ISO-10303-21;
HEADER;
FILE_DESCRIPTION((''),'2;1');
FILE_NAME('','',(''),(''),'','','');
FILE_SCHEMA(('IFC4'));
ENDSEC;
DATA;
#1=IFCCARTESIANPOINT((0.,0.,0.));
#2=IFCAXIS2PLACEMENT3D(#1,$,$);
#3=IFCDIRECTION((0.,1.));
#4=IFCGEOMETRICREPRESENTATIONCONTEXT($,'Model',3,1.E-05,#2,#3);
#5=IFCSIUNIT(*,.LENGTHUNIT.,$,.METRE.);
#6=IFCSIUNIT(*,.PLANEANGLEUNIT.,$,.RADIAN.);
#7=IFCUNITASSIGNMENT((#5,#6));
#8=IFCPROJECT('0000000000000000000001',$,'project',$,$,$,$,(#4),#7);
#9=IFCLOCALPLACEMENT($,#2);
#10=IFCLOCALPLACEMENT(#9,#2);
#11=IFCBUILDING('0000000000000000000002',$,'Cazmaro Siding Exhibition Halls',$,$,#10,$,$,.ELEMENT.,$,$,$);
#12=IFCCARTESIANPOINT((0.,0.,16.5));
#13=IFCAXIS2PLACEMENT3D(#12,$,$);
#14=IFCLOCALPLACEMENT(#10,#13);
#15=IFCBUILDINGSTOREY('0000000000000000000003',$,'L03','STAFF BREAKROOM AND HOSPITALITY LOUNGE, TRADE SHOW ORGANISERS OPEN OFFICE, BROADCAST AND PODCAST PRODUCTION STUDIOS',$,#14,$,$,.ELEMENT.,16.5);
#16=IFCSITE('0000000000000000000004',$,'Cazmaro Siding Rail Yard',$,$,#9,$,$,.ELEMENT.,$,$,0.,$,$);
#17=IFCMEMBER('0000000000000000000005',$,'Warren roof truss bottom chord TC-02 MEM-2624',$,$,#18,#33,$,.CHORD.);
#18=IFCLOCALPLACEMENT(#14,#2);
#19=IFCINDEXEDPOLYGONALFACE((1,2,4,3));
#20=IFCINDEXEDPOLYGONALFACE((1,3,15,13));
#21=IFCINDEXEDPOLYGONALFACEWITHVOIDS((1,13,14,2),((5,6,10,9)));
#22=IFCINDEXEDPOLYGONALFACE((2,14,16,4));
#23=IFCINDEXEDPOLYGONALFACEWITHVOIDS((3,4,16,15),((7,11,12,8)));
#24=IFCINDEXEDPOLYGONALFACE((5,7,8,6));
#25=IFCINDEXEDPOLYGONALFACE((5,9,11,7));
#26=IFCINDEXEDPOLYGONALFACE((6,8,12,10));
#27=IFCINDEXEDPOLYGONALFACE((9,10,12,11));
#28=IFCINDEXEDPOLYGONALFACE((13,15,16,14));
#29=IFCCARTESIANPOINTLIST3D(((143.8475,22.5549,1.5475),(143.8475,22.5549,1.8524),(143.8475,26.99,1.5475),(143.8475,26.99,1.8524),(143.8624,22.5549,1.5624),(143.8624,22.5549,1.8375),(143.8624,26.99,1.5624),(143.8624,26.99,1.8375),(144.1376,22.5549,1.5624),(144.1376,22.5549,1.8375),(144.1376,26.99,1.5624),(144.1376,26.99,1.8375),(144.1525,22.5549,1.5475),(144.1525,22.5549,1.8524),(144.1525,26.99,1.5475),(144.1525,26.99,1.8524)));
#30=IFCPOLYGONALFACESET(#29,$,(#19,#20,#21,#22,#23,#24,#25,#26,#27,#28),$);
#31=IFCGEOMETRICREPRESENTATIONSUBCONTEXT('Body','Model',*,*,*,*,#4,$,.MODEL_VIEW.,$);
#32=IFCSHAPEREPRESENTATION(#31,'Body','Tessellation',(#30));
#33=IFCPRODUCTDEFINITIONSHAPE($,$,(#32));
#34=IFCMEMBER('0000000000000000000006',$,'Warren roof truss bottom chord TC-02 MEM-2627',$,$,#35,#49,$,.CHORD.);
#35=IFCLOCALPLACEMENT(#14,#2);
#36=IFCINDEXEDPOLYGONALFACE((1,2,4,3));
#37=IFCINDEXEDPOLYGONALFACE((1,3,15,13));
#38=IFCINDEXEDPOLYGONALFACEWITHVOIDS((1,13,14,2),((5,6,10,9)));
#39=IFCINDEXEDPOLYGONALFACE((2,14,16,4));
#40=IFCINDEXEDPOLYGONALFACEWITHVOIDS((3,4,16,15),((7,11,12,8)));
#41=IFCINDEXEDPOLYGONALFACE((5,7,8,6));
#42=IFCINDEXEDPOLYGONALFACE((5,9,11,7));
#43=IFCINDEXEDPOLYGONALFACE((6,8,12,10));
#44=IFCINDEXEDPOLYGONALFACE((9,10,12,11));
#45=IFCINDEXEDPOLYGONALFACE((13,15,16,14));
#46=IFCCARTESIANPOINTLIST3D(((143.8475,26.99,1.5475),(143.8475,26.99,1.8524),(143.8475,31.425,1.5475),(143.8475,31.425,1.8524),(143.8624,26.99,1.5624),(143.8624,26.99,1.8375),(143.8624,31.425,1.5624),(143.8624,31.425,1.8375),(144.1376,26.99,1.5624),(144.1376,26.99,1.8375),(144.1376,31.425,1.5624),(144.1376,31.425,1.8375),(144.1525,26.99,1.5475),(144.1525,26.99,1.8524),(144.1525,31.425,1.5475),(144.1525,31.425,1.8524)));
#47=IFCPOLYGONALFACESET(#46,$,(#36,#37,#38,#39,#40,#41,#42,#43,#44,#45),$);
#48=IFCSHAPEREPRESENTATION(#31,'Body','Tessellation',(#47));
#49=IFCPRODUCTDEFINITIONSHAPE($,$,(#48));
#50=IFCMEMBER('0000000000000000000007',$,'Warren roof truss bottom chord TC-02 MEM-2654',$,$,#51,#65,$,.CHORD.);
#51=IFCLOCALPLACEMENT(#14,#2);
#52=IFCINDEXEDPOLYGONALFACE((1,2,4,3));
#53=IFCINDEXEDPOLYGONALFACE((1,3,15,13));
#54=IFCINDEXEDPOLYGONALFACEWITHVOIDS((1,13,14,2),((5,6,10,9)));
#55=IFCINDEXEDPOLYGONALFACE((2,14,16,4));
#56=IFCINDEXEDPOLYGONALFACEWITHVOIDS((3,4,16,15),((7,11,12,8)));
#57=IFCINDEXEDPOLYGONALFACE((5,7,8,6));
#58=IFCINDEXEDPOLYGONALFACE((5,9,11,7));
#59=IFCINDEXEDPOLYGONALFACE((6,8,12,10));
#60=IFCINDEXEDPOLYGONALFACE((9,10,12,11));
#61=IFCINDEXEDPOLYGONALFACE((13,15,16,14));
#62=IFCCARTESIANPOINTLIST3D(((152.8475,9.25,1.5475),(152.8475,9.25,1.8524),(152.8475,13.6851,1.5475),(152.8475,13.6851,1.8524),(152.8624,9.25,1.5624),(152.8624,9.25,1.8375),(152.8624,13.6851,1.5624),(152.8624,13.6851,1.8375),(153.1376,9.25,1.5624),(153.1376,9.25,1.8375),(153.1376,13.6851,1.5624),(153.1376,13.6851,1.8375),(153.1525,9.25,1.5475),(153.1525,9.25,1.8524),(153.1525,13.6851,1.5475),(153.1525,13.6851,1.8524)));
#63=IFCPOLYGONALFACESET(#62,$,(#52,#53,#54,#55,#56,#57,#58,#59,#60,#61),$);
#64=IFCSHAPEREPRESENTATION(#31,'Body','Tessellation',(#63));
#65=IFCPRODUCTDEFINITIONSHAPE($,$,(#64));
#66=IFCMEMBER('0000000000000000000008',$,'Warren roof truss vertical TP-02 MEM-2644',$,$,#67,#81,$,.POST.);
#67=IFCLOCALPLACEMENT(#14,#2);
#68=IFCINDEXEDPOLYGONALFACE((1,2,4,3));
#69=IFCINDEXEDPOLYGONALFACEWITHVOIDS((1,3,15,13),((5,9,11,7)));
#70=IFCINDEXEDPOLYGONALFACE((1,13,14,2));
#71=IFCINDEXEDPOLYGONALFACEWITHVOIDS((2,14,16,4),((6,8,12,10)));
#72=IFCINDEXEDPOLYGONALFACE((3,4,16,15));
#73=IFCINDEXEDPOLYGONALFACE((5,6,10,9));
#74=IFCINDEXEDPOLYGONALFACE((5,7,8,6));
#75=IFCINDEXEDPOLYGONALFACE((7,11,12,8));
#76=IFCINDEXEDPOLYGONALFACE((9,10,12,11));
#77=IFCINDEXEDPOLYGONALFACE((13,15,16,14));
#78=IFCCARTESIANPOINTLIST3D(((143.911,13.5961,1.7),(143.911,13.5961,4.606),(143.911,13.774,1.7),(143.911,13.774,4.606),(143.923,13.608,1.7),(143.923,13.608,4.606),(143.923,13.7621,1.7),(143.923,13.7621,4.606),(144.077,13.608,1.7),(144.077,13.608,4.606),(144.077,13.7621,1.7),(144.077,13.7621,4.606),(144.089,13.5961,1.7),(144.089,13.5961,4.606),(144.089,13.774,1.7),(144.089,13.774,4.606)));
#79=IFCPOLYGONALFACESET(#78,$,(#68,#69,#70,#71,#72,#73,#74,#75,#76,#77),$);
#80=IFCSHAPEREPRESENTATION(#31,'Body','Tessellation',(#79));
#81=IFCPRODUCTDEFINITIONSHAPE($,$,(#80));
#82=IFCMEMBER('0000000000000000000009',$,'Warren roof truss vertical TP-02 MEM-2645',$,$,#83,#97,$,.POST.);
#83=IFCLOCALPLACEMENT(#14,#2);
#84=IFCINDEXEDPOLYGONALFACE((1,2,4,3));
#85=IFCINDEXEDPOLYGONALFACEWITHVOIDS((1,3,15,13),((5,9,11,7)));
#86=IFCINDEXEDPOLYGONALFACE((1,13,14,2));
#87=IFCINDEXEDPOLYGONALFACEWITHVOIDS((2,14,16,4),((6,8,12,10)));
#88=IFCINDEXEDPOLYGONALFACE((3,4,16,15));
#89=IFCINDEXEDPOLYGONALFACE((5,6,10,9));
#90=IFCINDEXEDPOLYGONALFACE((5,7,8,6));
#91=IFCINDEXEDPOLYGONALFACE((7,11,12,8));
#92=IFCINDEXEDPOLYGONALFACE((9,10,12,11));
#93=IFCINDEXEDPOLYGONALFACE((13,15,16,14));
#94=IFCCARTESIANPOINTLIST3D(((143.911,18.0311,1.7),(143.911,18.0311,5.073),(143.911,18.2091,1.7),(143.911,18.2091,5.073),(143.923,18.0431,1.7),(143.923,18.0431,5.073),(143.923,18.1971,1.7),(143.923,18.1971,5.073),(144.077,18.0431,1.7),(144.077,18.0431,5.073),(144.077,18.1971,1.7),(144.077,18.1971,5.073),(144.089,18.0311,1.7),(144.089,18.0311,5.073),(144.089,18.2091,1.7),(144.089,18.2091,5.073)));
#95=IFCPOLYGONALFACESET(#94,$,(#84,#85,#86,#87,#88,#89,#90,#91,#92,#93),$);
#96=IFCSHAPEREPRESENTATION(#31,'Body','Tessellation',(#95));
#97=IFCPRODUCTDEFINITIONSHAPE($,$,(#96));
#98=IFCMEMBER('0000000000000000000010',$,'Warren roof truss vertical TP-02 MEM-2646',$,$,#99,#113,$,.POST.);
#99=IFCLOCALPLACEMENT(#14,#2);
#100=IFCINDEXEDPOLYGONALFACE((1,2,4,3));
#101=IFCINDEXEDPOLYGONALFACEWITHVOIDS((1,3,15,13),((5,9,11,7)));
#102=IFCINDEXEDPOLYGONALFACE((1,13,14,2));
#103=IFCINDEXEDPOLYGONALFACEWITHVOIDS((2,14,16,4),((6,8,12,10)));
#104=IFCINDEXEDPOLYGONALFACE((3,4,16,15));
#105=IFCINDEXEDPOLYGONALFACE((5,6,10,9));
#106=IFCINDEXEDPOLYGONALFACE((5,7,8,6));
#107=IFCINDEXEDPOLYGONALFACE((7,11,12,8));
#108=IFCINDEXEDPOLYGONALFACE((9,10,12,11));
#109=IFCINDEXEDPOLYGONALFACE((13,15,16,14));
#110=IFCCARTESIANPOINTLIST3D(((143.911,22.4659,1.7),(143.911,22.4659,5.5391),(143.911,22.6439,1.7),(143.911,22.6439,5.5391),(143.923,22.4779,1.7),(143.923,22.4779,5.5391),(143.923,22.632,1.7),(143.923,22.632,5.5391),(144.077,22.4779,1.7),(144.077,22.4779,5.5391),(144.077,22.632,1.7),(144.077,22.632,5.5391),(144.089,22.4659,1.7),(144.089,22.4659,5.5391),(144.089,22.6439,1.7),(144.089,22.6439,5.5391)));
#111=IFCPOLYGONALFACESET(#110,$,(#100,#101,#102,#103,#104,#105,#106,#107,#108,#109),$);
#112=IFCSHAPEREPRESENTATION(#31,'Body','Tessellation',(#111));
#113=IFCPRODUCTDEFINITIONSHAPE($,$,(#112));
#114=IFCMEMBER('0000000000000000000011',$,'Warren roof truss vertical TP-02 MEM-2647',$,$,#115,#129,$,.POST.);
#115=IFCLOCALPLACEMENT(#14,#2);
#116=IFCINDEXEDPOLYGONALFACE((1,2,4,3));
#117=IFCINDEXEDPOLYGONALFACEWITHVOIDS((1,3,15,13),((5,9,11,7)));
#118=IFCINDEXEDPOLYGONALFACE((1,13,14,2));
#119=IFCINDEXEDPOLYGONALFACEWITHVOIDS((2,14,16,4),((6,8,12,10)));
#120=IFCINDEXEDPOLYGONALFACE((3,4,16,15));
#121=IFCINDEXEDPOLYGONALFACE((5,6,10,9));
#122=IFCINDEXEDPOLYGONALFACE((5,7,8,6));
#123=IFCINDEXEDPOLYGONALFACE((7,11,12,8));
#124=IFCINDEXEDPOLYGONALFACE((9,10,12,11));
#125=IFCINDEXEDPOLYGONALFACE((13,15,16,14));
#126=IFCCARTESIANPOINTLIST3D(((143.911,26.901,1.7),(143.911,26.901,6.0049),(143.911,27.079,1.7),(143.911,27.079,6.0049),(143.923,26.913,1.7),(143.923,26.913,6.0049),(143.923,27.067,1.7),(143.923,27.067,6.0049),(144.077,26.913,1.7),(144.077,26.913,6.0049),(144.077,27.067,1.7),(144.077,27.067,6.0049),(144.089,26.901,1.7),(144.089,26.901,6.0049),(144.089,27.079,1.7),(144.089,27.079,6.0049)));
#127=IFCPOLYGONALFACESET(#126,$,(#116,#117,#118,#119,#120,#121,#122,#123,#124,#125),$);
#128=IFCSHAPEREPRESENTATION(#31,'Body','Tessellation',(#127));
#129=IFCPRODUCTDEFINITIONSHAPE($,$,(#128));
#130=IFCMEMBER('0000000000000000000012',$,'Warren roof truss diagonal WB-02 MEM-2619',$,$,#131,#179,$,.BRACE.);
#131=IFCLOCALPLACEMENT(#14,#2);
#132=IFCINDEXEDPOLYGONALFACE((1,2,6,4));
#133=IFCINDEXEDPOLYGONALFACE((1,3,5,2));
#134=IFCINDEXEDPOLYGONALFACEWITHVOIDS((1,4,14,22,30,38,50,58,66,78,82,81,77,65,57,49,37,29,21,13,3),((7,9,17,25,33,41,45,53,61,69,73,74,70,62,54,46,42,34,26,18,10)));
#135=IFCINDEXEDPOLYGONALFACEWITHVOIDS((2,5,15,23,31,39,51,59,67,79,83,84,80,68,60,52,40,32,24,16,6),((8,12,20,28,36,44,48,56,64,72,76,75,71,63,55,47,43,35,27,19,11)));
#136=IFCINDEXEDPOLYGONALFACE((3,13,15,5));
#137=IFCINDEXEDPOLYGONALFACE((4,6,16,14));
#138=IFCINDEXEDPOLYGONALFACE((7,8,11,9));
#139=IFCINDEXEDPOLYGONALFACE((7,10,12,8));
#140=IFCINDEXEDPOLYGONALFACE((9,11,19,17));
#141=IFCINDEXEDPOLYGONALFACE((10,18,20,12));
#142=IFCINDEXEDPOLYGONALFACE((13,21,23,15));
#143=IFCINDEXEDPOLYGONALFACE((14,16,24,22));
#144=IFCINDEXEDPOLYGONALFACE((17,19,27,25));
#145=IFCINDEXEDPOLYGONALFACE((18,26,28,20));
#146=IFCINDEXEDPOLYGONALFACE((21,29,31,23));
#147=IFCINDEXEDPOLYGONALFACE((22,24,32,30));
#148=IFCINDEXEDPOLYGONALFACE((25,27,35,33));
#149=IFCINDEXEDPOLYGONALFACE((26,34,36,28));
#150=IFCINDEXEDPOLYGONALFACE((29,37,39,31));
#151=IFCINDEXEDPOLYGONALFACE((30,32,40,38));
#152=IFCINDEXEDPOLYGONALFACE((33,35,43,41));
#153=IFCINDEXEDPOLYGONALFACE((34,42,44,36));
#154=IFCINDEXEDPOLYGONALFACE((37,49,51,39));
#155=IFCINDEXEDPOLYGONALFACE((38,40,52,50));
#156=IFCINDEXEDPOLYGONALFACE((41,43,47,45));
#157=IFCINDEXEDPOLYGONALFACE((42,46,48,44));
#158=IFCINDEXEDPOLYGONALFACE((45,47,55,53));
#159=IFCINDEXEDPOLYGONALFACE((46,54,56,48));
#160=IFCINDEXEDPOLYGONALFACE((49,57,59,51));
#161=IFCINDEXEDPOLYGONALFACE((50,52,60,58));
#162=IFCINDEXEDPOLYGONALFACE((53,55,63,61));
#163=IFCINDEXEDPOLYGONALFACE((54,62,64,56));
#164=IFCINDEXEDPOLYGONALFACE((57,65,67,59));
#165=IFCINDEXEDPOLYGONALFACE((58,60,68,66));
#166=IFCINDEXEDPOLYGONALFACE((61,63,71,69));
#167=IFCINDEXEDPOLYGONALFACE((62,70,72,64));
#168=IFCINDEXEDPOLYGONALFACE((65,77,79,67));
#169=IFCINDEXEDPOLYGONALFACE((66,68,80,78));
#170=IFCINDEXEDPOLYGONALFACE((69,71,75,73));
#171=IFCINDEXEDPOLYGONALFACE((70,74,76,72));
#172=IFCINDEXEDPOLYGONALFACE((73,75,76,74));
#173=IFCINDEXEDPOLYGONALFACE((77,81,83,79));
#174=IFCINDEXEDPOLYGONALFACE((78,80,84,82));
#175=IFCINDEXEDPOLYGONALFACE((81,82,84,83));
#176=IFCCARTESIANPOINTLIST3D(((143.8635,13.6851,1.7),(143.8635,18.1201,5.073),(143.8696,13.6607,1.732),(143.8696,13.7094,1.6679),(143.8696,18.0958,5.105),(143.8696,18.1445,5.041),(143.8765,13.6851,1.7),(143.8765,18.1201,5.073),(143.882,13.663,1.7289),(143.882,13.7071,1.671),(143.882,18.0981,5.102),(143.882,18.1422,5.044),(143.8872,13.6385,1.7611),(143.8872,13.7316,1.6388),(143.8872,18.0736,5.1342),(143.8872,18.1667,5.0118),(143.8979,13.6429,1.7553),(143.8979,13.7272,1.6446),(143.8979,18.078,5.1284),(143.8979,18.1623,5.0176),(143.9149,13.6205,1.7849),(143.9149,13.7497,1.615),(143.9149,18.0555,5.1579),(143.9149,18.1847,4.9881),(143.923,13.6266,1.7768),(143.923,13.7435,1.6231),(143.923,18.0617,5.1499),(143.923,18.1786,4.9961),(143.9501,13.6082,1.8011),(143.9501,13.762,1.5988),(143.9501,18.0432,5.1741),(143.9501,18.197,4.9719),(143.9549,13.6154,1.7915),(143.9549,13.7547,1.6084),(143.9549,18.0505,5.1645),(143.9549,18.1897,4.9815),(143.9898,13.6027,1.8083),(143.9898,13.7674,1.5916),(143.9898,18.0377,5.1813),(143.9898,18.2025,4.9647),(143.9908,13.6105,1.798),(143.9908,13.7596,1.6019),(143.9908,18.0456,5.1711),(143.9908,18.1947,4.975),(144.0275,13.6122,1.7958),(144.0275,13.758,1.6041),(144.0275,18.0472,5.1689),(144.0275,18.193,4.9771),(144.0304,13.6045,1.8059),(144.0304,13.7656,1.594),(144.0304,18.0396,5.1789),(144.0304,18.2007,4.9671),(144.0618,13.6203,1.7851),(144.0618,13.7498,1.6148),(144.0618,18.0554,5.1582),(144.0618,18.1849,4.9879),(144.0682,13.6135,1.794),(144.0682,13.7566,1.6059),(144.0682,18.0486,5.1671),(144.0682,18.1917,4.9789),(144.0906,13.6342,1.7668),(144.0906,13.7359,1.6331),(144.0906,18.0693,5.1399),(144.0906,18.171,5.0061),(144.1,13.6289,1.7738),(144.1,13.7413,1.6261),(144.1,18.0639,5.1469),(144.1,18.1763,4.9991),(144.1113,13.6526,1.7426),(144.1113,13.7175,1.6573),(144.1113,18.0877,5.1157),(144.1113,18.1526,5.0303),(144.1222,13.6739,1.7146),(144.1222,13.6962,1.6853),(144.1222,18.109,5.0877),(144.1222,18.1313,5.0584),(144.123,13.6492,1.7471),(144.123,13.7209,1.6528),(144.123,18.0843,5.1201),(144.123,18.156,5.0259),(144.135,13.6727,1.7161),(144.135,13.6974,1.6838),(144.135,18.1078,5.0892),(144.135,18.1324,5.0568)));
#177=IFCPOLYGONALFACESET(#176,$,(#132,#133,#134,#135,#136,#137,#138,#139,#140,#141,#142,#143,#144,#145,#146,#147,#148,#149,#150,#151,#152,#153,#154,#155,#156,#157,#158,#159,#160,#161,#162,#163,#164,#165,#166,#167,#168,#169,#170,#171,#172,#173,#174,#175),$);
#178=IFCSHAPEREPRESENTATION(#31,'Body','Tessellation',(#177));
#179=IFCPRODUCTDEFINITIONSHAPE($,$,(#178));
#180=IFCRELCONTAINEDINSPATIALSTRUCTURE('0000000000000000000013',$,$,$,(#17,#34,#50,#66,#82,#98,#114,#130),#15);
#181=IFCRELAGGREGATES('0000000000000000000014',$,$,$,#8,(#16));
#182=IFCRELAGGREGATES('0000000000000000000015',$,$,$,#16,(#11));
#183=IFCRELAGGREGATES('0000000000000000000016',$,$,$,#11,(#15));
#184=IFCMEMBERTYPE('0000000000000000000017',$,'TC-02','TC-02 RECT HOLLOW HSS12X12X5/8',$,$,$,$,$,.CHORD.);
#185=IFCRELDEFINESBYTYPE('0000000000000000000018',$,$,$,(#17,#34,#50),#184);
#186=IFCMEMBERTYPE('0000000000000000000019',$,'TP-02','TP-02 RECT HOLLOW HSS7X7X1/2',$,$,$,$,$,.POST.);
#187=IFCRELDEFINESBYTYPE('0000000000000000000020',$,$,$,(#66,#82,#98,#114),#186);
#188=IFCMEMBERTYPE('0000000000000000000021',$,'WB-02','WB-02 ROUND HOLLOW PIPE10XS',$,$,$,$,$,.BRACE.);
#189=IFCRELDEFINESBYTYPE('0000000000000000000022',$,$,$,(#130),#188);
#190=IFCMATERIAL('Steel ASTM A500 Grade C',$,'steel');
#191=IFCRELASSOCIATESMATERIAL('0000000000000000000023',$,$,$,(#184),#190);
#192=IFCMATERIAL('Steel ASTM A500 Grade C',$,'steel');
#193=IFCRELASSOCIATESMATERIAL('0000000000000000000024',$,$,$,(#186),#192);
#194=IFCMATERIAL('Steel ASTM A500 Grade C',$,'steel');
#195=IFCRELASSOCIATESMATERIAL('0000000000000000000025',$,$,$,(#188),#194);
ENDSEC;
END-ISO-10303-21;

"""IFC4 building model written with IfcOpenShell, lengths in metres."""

from ifc_helpers import new_model, si_unit, direction, frame, origin, origin_2d, place, context, subcontext, project, spatial, hollow_rectangle, hollow_circle, extrude, material, material_profile, profile_set, type_object, element, save


model = new_model("IFC4")

# Units and contexts
model_context = context("Model", 3, precision=1e-05, world=origin(), true_north=direction((0.0, 1.0)))
body_context = subcontext(model_context, "Body", "Model", "MODEL_VIEW")
ifc_project = project(units=[si_unit("LENGTHUNIT", "METRE"), si_unit("PLANEANGLEUNIT", "RADIAN")], contexts=[model_context])

# Site, building, storey
site_placement = place(None, origin())
site = spatial("IfcSite", under=ifc_project, at=site_placement, Name="Cazmaro Siding Rail Yard", CompositionType="ELEMENT", RefElevation=0.0)
building_placement = place(site_placement, origin())
building = spatial("IfcBuilding", under=site, at=building_placement, Name="Cazmaro Siding Exhibition Halls", CompositionType="ELEMENT")
storey_placement = place(building_placement, frame((0.0, 0.0, 16.5)))
storey = spatial("IfcBuildingStorey", under=building, at=storey_placement, Name="L03", Description="STAFF BREAKROOM AND HOSPITALITY LOUNGE, TRADE SHOW ORGANISERS OPEN OFFICE, BROADCAST AND PODCAST PRODUCTION STUDIOS", CompositionType="ELEMENT", Elevation=16.5)

# Members
ifc_material_1 = material(Name="Steel ASTM A500 Grade C", Category="steel")
ifc_material_profile_1 = material_profile(ifc_material_1, hollow_rectangle(XDim=0.3049, YDim=0.3049, WallThickness=0.0149, at=origin_2d()), Name="HSS12X12X5/8")
ifc_profile_set_1 = profile_set([ifc_material_profile_1], Name="Steel ASTM A500 Grade C")
member_type_1 = type_object("IfcMemberType", Name="TC-02", Description="TC-02 RECT HOLLOW HSS12X12X5/8", PredefinedType="CHORD", material=ifc_profile_set_1)
for number, where, z_axis, x_axis, name in (
    (1, (144.0, 22.5549, 1.7), (0.0, 1.0, 0.0), (-1.0, 0.0, 0.0), "Warren roof truss bottom chord TC-02 MEM-2624"),
    (2, (144.0, 26.99, 1.7), (0.0, 1.0, 0.0), (-1.0, 0.0, 0.0), "Warren roof truss bottom chord TC-02 MEM-2627"),
    (3, (153.0, 9.25, 1.7), (0.0, 1.0, 0.0), (-1.0, 0.0, 0.0), "Warren roof truss bottom chord TC-02 MEM-2654"),
):
    element("IfcMember", number, at=place(storey_placement, frame(where, z_axis=z_axis, x_axis=x_axis)), inside=storey, type_object=member_type_1, Name=name, PredefinedType="CHORD", context=body_context, shape_type="SweptSolid", body=[
        extrude(hollow_rectangle(XDim=0.3049, YDim=0.3049, WallThickness=0.0149, at=origin_2d()), origin(), (0.0, 0.0, 1.0), 4.4351),
    ])
ifc_material_2 = material(Name="Steel ASTM A500 Grade C", Category="steel")
ifc_material_profile_2 = material_profile(ifc_material_2, hollow_rectangle(XDim=0.178, YDim=0.178, WallThickness=0.012, at=origin_2d()), Name="HSS7X7X1/2")
ifc_profile_set_2 = profile_set([ifc_material_profile_2], Name="Steel ASTM A500 Grade C")
member_type_2 = type_object("IfcMemberType", Name="TP-02", Description="TP-02 RECT HOLLOW HSS7X7X1/2", PredefinedType="POST", material=ifc_profile_set_2)
member_1_placement = place(storey_placement, frame((144.0, 13.6851, 1.7), z_axis=(0.0, 0.0, 1.0), x_axis=(1.0, 0.0, 0.0)))
element("IfcMember", 4, at=member_1_placement, inside=storey, type_object=member_type_2, Name="Warren roof truss vertical TP-02 MEM-2644", PredefinedType="POST", context=body_context, shape_type="SweptSolid", body=[
    extrude(hollow_rectangle(XDim=0.178, YDim=0.178, WallThickness=0.012, at=origin_2d()), origin(), (0.0, 0.0, 1.0), 2.906),
])
member_2_placement = place(storey_placement, frame((144.0, 18.1201, 1.7), z_axis=(0.0, 0.0, 1.0), x_axis=(1.0, 0.0, 0.0)))
element("IfcMember", 5, at=member_2_placement, inside=storey, type_object=member_type_2, Name="Warren roof truss vertical TP-02 MEM-2645", PredefinedType="POST", context=body_context, shape_type="SweptSolid", body=[
    extrude(hollow_rectangle(XDim=0.178, YDim=0.178, WallThickness=0.012, at=origin_2d()), origin(), (0.0, 0.0, 1.0), 3.373),
])
member_3_placement = place(storey_placement, frame((144.0, 22.5549, 1.7), z_axis=(0.0, 0.0, 1.0), x_axis=(1.0, 0.0, 0.0)))
element("IfcMember", 6, at=member_3_placement, inside=storey, type_object=member_type_2, Name="Warren roof truss vertical TP-02 MEM-2646", PredefinedType="POST", context=body_context, shape_type="SweptSolid", body=[
    extrude(hollow_rectangle(XDim=0.178, YDim=0.178, WallThickness=0.012, at=origin_2d()), origin(), (0.0, 0.0, 1.0), 3.8391),
])
member_4_placement = place(storey_placement, frame((144.0, 26.99, 1.7), z_axis=(0.0, 0.0, 1.0), x_axis=(1.0, 0.0, 0.0)))
element("IfcMember", 7, at=member_4_placement, inside=storey, type_object=member_type_2, Name="Warren roof truss vertical TP-02 MEM-2647", PredefinedType="POST", context=body_context, shape_type="SweptSolid", body=[
    extrude(hollow_rectangle(XDim=0.178, YDim=0.178, WallThickness=0.012, at=origin_2d()), origin(), (0.0, 0.0, 1.0), 4.3049),
])
ifc_material_3 = material(Name="Steel ASTM A500 Grade C", Category="steel")
ifc_material_profile_3 = material_profile(ifc_material_3, hollow_circle(Radius=0.1365, WallThickness=0.0129, at=origin_2d()), Name="PIPE10XS")
ifc_profile_set_3 = profile_set([ifc_material_profile_3], Name="Steel ASTM A500 Grade C")
member_type_3 = type_object("IfcMemberType", Name="WB-02", Description="WB-02 ROUND HOLLOW PIPE10XS", PredefinedType="BRACE", material=ifc_profile_set_3)
member_5_placement = place(storey_placement, frame((144.0, 13.6851, 1.7), z_axis=(0.0, 0.795954, 0.605357), x_axis=(-1.0, 0.0, 0.0)))
element("IfcMember", 8, at=member_5_placement, inside=storey, type_object=member_type_3, Name="Warren roof truss diagonal WB-02 MEM-2619", PredefinedType="BRACE", context=body_context, shape_type="SweptSolid", body=[
    extrude(hollow_circle(Radius=0.1365, WallThickness=0.0129, at=origin_2d()), origin(), (0.0, 0.0, 1.0), 5.572),
])

save(model, "model.ifc")
